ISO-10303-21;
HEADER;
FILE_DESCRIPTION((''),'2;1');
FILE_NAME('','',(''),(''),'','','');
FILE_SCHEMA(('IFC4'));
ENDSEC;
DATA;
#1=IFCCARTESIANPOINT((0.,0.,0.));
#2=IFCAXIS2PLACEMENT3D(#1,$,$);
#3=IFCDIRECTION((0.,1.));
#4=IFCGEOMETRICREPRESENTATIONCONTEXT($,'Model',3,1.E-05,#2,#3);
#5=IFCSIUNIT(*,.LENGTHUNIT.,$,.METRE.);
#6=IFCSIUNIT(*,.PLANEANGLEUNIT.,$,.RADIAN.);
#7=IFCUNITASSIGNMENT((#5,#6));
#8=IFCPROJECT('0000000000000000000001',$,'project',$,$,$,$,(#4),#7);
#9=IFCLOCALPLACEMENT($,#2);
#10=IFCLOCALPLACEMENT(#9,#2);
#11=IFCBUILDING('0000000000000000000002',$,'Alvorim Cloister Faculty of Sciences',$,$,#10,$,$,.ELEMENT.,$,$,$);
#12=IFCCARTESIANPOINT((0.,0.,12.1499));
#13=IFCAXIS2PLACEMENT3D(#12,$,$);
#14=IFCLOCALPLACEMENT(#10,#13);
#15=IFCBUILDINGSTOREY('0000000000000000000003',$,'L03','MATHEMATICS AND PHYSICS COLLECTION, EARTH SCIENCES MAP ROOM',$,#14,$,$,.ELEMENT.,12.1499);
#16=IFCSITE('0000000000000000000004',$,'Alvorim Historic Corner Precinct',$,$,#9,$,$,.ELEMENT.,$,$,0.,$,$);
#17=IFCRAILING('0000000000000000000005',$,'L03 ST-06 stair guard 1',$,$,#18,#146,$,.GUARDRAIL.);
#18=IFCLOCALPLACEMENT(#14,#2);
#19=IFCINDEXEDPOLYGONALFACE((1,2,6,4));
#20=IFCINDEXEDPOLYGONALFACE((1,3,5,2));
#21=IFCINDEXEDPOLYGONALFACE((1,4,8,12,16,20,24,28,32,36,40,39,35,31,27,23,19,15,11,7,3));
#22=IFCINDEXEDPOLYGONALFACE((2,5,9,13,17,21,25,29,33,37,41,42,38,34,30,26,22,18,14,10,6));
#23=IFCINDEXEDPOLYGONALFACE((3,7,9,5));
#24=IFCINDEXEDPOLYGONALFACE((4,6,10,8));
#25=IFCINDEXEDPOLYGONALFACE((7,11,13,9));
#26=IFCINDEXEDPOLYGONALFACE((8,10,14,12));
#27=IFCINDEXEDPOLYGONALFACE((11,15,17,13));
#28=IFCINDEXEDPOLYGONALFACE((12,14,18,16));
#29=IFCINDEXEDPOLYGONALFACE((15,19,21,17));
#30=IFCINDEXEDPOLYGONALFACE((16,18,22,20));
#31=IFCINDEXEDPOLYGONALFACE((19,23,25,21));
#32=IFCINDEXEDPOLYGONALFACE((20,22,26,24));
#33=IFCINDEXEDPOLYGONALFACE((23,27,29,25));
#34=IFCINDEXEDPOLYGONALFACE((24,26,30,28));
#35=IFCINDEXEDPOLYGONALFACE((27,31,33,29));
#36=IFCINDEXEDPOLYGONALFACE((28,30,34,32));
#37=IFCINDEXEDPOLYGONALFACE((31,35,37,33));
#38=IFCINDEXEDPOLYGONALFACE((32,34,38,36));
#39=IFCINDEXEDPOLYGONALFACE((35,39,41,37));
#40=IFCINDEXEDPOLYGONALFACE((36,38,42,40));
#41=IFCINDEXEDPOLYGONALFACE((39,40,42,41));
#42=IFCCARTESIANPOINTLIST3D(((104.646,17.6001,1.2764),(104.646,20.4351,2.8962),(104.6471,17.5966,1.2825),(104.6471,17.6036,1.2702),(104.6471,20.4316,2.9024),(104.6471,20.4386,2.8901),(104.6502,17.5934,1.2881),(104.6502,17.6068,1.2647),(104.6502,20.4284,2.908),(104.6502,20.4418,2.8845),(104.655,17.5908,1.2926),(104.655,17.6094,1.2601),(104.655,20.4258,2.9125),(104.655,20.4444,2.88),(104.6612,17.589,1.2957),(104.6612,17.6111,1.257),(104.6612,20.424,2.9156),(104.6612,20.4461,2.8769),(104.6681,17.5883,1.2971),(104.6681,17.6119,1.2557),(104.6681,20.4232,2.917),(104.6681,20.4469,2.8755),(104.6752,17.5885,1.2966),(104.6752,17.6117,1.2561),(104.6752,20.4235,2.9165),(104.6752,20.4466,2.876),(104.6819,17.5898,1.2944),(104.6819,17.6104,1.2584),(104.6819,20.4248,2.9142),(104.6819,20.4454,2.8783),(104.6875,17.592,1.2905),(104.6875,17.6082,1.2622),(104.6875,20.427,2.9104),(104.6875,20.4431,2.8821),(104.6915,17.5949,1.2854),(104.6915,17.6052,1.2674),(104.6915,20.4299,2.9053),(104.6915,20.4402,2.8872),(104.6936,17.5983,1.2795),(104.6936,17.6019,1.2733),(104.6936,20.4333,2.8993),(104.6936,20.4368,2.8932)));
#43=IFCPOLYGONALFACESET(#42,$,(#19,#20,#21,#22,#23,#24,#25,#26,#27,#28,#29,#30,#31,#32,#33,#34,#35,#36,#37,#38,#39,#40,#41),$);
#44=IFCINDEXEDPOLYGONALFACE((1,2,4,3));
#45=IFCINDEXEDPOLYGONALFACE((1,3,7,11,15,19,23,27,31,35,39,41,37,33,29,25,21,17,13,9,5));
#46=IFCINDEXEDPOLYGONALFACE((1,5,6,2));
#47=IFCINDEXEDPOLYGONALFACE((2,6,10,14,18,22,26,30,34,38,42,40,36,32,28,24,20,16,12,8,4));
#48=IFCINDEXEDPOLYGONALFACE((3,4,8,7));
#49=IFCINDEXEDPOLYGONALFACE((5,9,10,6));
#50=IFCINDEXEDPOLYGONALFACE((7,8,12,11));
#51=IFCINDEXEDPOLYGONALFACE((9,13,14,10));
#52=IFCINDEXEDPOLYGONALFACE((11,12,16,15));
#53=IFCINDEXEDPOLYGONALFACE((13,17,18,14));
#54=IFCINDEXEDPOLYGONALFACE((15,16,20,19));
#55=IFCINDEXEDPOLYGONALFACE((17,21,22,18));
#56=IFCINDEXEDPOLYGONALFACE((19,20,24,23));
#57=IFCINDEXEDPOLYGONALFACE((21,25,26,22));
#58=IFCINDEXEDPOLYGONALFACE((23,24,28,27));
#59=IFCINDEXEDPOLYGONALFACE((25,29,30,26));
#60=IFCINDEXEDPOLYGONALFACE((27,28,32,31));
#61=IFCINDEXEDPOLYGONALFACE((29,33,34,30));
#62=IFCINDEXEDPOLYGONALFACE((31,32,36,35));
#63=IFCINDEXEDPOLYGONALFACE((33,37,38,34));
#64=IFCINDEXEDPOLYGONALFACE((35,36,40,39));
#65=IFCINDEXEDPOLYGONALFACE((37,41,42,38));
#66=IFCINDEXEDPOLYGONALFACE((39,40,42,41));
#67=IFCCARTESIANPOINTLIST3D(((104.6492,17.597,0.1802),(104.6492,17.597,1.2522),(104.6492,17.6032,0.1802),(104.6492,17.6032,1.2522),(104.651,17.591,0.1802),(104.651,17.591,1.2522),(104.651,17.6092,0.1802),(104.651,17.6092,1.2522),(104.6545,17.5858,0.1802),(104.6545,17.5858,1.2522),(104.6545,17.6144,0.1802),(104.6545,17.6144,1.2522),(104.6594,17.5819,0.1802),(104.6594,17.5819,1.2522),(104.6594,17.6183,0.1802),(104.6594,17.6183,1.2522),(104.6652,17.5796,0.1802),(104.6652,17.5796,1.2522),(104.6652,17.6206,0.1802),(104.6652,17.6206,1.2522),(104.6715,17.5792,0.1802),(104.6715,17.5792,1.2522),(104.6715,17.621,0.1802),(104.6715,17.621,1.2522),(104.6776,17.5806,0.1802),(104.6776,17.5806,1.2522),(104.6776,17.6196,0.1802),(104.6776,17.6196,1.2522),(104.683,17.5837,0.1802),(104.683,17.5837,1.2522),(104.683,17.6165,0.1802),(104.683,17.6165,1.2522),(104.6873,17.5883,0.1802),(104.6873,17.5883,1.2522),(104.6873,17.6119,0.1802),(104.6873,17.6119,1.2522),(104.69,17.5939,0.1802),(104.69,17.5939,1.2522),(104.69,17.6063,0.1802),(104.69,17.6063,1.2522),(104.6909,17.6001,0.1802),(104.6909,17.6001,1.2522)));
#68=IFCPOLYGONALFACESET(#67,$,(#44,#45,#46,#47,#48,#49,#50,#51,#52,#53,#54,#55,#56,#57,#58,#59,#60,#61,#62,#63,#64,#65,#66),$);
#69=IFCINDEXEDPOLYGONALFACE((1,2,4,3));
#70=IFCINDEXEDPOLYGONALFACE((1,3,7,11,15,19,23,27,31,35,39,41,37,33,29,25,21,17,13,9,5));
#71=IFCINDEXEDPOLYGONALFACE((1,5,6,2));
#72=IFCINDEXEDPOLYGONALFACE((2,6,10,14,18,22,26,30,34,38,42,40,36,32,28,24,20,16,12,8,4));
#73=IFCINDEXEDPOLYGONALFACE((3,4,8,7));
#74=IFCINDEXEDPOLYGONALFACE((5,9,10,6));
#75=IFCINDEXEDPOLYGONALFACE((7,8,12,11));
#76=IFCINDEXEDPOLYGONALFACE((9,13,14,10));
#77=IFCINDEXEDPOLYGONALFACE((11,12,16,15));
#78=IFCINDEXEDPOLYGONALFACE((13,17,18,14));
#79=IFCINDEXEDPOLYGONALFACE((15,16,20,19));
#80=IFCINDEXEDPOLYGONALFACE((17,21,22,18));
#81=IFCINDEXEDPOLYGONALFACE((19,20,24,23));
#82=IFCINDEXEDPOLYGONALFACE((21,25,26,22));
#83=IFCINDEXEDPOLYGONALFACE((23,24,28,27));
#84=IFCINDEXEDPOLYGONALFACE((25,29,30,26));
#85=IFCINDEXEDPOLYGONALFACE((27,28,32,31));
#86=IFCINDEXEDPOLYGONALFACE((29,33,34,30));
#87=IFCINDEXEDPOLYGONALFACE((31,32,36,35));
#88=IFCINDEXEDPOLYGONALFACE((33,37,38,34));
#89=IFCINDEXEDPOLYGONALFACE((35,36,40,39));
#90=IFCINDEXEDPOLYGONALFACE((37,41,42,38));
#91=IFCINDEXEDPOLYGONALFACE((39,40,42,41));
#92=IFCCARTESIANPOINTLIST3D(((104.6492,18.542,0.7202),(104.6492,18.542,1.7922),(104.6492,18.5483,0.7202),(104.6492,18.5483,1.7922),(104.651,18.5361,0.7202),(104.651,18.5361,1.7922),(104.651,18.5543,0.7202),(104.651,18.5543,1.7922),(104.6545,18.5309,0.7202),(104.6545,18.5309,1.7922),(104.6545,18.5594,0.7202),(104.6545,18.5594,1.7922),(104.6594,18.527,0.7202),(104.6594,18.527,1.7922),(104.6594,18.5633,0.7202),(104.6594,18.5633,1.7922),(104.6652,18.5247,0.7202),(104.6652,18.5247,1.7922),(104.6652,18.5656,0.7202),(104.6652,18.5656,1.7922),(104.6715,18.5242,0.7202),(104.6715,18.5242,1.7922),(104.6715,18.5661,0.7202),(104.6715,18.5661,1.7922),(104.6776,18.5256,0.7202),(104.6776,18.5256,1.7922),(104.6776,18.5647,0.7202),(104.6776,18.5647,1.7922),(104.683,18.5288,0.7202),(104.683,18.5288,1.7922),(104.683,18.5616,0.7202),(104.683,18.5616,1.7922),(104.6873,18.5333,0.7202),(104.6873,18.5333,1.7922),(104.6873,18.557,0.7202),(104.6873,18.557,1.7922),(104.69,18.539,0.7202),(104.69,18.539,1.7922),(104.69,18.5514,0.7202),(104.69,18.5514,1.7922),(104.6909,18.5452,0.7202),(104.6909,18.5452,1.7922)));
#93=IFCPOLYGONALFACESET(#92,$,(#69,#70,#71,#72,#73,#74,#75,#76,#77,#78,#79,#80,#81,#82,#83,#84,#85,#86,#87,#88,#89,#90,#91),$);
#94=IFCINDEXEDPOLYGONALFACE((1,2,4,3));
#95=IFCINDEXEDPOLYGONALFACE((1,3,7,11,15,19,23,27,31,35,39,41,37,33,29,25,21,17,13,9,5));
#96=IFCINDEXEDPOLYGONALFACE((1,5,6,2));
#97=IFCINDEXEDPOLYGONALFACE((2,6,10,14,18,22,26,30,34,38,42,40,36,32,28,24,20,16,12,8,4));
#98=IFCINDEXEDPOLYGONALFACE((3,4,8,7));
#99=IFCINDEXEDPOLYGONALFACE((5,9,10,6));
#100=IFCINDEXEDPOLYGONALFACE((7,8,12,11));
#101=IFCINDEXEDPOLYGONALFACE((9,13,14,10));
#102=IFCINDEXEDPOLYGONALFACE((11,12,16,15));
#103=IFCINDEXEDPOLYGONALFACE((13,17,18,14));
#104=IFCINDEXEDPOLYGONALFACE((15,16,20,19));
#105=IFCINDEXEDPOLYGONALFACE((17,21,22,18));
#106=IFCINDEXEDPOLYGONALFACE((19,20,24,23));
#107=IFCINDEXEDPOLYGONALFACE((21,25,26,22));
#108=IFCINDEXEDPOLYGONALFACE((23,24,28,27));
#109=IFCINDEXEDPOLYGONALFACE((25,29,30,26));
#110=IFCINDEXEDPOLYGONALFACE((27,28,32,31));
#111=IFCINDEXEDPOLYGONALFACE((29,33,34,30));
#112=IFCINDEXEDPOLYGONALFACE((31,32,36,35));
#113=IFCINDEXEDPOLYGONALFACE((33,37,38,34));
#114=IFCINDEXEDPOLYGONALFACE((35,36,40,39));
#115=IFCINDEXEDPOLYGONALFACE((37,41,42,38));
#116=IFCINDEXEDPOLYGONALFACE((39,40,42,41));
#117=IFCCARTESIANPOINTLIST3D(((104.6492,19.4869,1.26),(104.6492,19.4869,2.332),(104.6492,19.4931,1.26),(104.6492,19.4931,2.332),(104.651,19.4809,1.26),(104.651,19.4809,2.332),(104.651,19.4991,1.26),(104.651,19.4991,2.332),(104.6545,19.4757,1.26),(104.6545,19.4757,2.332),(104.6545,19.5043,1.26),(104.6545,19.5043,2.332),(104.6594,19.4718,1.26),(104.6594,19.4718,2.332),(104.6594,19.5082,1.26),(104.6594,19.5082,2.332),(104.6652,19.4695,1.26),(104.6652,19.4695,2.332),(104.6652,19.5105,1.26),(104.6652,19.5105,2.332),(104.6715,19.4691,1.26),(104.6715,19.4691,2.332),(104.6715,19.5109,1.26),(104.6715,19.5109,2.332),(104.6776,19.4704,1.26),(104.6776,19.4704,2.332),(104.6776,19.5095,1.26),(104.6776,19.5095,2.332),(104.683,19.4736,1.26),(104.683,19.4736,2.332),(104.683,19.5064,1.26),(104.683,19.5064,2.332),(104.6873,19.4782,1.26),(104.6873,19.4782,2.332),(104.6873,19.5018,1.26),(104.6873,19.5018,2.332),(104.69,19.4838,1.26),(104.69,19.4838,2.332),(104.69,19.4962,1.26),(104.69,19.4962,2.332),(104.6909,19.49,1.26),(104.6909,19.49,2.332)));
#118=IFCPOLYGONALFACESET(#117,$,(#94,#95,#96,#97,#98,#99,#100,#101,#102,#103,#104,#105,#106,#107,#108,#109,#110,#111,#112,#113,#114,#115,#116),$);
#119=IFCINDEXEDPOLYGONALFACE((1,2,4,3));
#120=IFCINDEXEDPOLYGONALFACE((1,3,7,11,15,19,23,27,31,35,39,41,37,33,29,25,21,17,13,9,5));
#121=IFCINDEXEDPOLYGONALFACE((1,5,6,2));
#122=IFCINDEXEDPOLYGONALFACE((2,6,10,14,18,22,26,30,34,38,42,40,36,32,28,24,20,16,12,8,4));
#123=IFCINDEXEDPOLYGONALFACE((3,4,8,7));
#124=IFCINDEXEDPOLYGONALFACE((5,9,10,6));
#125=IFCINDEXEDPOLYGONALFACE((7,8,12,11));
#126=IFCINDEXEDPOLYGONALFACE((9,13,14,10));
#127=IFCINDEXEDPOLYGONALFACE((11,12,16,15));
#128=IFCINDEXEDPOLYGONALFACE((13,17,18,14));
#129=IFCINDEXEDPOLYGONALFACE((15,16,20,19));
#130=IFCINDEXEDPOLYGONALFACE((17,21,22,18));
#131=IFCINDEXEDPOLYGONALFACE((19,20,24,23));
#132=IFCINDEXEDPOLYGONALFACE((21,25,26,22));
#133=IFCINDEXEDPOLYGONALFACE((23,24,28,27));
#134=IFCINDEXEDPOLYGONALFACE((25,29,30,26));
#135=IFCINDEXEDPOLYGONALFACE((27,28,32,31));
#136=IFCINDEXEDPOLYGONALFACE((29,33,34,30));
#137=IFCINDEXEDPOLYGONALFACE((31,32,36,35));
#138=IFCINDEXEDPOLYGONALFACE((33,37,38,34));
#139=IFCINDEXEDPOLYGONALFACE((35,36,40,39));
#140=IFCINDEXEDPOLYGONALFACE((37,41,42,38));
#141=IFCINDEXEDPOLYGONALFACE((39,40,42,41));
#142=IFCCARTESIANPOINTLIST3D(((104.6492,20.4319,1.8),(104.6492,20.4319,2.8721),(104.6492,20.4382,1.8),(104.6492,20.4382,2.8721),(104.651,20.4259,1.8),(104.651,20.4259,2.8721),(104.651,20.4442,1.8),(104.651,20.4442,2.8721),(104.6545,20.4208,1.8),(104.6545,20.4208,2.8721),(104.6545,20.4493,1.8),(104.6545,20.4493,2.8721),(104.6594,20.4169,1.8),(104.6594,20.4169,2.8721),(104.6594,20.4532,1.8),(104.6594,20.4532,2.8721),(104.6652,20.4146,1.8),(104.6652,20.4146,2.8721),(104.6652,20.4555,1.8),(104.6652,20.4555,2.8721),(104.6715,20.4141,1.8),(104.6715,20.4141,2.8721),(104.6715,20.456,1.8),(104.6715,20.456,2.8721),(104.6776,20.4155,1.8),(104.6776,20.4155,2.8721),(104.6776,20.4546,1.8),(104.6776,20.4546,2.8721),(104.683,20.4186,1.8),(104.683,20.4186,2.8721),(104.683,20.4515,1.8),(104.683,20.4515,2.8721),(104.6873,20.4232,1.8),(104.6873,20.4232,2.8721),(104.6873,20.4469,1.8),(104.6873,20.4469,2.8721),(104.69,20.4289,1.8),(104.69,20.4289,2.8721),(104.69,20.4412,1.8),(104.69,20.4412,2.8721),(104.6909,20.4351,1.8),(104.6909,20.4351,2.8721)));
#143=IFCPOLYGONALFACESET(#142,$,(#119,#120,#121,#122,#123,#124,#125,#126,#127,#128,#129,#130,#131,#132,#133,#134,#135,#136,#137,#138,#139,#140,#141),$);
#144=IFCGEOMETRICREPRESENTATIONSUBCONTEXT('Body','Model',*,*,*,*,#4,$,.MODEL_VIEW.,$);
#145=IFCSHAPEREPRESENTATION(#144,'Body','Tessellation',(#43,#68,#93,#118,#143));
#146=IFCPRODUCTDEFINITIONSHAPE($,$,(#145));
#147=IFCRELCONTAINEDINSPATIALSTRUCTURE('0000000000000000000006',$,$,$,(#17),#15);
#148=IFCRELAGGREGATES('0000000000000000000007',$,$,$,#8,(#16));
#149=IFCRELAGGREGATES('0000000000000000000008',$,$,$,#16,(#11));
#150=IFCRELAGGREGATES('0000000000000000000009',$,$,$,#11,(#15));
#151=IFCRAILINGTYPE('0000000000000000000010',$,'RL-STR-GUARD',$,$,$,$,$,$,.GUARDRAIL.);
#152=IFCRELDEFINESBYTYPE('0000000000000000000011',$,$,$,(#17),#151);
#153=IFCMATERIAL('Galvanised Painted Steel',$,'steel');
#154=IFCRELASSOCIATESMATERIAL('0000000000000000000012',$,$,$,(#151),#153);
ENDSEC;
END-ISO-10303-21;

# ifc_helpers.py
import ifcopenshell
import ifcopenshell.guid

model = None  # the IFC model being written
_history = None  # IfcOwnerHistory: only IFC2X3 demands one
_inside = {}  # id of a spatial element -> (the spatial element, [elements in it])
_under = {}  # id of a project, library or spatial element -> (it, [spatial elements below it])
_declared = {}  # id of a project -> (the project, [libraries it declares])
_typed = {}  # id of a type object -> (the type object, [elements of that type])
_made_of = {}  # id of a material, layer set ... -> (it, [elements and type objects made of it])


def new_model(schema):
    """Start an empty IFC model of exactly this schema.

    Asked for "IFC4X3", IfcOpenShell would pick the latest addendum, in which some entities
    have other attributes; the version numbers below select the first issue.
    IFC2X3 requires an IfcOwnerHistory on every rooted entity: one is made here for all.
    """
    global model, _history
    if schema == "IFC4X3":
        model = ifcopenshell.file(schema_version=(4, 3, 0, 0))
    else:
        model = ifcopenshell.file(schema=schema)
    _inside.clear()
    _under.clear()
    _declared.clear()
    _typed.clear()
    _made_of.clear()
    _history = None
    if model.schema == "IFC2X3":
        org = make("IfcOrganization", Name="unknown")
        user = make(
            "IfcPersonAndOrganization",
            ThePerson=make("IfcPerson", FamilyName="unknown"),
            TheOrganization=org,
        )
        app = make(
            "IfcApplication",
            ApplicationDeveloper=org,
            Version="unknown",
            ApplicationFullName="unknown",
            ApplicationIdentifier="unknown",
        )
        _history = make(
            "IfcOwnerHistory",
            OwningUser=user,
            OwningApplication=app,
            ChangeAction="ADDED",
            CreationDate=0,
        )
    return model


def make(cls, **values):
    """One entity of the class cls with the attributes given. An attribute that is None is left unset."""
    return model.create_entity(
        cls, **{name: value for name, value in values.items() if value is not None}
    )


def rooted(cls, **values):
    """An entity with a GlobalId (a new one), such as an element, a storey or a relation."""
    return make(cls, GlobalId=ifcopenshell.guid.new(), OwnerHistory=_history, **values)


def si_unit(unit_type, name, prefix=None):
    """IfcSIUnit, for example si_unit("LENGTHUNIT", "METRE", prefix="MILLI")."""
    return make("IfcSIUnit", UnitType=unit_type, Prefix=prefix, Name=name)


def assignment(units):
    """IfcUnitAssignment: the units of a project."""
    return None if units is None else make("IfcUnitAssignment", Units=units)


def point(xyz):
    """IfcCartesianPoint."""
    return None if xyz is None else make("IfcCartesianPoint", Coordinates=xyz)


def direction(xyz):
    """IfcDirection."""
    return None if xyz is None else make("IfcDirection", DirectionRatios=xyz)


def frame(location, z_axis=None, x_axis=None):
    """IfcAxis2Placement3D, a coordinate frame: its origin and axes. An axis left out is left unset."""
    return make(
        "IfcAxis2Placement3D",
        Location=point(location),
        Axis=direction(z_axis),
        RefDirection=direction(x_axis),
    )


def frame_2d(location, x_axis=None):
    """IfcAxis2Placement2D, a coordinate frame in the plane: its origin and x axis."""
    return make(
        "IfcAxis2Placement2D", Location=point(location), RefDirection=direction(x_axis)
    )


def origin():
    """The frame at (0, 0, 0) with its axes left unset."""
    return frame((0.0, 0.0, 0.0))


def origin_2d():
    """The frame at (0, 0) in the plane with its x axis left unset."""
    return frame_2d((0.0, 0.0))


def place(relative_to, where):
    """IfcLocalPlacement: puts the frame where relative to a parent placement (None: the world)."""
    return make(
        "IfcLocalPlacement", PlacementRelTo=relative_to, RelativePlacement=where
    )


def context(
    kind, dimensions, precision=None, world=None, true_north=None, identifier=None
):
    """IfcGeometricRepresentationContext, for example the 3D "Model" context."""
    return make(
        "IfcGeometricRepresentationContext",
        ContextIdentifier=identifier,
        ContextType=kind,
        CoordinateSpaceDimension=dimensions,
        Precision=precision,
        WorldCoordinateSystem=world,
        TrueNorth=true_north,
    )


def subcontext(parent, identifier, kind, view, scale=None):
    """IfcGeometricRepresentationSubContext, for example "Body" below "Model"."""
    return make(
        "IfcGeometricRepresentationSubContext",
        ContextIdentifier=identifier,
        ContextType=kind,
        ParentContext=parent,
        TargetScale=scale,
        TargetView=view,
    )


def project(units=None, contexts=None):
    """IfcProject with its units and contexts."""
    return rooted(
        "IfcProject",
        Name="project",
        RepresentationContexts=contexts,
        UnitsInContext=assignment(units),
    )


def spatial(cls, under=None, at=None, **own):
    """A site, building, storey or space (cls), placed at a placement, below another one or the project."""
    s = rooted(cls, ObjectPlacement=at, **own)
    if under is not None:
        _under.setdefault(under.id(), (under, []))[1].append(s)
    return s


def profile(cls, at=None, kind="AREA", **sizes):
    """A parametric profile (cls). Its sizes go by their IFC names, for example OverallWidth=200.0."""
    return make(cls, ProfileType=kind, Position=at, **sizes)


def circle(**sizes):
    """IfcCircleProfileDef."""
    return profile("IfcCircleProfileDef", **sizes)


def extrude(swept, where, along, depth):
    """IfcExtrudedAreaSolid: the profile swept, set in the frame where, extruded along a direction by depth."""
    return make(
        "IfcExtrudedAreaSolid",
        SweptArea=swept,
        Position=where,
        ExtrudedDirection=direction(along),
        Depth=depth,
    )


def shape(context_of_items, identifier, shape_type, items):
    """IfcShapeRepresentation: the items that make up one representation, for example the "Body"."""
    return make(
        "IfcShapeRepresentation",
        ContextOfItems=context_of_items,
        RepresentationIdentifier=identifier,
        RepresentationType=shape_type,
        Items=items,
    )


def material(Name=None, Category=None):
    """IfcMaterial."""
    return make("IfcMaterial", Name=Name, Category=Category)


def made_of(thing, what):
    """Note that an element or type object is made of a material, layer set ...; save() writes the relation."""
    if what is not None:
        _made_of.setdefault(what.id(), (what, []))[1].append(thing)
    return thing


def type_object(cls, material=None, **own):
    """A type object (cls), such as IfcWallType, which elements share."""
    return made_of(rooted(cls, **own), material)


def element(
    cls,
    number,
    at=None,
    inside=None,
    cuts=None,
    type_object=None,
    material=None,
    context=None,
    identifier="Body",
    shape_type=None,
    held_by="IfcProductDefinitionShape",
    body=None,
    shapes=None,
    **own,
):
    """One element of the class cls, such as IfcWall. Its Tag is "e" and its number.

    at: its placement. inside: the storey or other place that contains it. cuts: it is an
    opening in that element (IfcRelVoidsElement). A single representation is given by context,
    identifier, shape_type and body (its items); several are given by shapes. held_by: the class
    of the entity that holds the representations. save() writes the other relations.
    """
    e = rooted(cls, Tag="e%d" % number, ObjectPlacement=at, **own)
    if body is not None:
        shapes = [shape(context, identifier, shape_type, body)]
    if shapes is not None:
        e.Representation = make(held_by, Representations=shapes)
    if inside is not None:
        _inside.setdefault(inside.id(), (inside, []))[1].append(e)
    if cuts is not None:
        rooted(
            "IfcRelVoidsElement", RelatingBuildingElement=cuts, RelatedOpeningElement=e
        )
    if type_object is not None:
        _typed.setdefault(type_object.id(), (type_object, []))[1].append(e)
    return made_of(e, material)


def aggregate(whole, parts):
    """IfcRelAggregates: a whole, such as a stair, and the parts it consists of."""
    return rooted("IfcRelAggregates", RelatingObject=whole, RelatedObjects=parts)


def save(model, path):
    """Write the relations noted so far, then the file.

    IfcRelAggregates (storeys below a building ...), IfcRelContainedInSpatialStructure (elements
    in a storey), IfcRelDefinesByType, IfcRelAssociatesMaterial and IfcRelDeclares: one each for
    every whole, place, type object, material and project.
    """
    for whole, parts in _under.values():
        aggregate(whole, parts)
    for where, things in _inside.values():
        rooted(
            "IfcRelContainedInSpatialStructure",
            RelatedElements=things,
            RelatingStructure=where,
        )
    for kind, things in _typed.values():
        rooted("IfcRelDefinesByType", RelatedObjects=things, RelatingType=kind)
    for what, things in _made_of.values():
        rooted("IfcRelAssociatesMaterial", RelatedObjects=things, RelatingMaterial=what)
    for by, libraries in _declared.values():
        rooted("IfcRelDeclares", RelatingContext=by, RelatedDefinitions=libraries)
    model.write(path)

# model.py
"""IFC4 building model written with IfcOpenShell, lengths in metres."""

from ifc_helpers import new_model, si_unit, direction, frame, origin, origin_2d, place, context, subcontext, project, spatial, circle, extrude, material, type_object, element, save


model = new_model("IFC4")

# Units and contexts
model_context = context("Model", 3, precision=1e-05, world=origin(), true_north=direction((0.0, 1.0)))
body_context = subcontext(model_context, "Body", "Model", "MODEL_VIEW")
ifc_project = project(units=[si_unit("LENGTHUNIT", "METRE"), si_unit("PLANEANGLEUNIT", "RADIAN")], contexts=[model_context])

# Site, building, storey
site_placement = place(None, origin())
site = spatial("IfcSite", under=ifc_project, at=site_placement, Name="Alvorim Historic Corner Precinct", CompositionType="ELEMENT", RefElevation=0.0)
building_placement = place(site_placement, origin())
building = spatial("IfcBuilding", under=site, at=building_placement, Name="Alvorim Cloister Faculty of Sciences", CompositionType="ELEMENT")
storey_placement = place(building_placement, frame((0.0, 0.0, 12.1499)))
storey = spatial("IfcBuildingStorey", under=building, at=storey_placement, Name="L03", Description="MATHEMATICS AND PHYSICS COLLECTION, EARTH SCIENCES MAP ROOM", CompositionType="ELEMENT", Elevation=12.1499)

# Railing
ifc_material_1 = material(Name="Galvanised Painted Steel", Category="steel")
railing_type_1 = type_object("IfcRailingType", Name="RL-STR-GUARD", PredefinedType="GUARDRAIL", material=ifc_material_1)
railing_1_placement = place(storey_placement, frame((104.6699, 17.6001, 0.1802)))
element("IfcRailing", 1, at=railing_1_placement, inside=storey, type_object=railing_type_1, Name="L03 ST-06 stair guard 1", PredefinedType="GUARDRAIL", context=body_context, shape_type="SweptSolid", body=[
    extrude(circle(Radius=0.0239, at=origin_2d()), frame((0.0, 0.0, 1.0962), z_axis=(0.0, 0.868257, 0.496115), x_axis=(-1.0, 0.0, 0.0)), (0.0, 0.0, 1.0), 3.2651),
    extrude(circle(Radius=0.021, at=origin_2d()), origin(), (0.0, 0.0, 1.0), 1.072),
    extrude(circle(Radius=0.021, at=origin_2d()), frame((0.0, 0.9451, 0.54)), (0.0, 0.0, 1.0), 1.072),
    extrude(circle(Radius=0.021, at=origin_2d()), frame((0.0, 1.8899, 1.0798)), (0.0, 0.0, 1.0), 1.072),
    extrude(circle(Radius=0.021, at=origin_2d()), frame((0.0, 2.835, 1.6199)), (0.0, 0.0, 1.0), 1.072),
])

save(model, "model.ifc")
